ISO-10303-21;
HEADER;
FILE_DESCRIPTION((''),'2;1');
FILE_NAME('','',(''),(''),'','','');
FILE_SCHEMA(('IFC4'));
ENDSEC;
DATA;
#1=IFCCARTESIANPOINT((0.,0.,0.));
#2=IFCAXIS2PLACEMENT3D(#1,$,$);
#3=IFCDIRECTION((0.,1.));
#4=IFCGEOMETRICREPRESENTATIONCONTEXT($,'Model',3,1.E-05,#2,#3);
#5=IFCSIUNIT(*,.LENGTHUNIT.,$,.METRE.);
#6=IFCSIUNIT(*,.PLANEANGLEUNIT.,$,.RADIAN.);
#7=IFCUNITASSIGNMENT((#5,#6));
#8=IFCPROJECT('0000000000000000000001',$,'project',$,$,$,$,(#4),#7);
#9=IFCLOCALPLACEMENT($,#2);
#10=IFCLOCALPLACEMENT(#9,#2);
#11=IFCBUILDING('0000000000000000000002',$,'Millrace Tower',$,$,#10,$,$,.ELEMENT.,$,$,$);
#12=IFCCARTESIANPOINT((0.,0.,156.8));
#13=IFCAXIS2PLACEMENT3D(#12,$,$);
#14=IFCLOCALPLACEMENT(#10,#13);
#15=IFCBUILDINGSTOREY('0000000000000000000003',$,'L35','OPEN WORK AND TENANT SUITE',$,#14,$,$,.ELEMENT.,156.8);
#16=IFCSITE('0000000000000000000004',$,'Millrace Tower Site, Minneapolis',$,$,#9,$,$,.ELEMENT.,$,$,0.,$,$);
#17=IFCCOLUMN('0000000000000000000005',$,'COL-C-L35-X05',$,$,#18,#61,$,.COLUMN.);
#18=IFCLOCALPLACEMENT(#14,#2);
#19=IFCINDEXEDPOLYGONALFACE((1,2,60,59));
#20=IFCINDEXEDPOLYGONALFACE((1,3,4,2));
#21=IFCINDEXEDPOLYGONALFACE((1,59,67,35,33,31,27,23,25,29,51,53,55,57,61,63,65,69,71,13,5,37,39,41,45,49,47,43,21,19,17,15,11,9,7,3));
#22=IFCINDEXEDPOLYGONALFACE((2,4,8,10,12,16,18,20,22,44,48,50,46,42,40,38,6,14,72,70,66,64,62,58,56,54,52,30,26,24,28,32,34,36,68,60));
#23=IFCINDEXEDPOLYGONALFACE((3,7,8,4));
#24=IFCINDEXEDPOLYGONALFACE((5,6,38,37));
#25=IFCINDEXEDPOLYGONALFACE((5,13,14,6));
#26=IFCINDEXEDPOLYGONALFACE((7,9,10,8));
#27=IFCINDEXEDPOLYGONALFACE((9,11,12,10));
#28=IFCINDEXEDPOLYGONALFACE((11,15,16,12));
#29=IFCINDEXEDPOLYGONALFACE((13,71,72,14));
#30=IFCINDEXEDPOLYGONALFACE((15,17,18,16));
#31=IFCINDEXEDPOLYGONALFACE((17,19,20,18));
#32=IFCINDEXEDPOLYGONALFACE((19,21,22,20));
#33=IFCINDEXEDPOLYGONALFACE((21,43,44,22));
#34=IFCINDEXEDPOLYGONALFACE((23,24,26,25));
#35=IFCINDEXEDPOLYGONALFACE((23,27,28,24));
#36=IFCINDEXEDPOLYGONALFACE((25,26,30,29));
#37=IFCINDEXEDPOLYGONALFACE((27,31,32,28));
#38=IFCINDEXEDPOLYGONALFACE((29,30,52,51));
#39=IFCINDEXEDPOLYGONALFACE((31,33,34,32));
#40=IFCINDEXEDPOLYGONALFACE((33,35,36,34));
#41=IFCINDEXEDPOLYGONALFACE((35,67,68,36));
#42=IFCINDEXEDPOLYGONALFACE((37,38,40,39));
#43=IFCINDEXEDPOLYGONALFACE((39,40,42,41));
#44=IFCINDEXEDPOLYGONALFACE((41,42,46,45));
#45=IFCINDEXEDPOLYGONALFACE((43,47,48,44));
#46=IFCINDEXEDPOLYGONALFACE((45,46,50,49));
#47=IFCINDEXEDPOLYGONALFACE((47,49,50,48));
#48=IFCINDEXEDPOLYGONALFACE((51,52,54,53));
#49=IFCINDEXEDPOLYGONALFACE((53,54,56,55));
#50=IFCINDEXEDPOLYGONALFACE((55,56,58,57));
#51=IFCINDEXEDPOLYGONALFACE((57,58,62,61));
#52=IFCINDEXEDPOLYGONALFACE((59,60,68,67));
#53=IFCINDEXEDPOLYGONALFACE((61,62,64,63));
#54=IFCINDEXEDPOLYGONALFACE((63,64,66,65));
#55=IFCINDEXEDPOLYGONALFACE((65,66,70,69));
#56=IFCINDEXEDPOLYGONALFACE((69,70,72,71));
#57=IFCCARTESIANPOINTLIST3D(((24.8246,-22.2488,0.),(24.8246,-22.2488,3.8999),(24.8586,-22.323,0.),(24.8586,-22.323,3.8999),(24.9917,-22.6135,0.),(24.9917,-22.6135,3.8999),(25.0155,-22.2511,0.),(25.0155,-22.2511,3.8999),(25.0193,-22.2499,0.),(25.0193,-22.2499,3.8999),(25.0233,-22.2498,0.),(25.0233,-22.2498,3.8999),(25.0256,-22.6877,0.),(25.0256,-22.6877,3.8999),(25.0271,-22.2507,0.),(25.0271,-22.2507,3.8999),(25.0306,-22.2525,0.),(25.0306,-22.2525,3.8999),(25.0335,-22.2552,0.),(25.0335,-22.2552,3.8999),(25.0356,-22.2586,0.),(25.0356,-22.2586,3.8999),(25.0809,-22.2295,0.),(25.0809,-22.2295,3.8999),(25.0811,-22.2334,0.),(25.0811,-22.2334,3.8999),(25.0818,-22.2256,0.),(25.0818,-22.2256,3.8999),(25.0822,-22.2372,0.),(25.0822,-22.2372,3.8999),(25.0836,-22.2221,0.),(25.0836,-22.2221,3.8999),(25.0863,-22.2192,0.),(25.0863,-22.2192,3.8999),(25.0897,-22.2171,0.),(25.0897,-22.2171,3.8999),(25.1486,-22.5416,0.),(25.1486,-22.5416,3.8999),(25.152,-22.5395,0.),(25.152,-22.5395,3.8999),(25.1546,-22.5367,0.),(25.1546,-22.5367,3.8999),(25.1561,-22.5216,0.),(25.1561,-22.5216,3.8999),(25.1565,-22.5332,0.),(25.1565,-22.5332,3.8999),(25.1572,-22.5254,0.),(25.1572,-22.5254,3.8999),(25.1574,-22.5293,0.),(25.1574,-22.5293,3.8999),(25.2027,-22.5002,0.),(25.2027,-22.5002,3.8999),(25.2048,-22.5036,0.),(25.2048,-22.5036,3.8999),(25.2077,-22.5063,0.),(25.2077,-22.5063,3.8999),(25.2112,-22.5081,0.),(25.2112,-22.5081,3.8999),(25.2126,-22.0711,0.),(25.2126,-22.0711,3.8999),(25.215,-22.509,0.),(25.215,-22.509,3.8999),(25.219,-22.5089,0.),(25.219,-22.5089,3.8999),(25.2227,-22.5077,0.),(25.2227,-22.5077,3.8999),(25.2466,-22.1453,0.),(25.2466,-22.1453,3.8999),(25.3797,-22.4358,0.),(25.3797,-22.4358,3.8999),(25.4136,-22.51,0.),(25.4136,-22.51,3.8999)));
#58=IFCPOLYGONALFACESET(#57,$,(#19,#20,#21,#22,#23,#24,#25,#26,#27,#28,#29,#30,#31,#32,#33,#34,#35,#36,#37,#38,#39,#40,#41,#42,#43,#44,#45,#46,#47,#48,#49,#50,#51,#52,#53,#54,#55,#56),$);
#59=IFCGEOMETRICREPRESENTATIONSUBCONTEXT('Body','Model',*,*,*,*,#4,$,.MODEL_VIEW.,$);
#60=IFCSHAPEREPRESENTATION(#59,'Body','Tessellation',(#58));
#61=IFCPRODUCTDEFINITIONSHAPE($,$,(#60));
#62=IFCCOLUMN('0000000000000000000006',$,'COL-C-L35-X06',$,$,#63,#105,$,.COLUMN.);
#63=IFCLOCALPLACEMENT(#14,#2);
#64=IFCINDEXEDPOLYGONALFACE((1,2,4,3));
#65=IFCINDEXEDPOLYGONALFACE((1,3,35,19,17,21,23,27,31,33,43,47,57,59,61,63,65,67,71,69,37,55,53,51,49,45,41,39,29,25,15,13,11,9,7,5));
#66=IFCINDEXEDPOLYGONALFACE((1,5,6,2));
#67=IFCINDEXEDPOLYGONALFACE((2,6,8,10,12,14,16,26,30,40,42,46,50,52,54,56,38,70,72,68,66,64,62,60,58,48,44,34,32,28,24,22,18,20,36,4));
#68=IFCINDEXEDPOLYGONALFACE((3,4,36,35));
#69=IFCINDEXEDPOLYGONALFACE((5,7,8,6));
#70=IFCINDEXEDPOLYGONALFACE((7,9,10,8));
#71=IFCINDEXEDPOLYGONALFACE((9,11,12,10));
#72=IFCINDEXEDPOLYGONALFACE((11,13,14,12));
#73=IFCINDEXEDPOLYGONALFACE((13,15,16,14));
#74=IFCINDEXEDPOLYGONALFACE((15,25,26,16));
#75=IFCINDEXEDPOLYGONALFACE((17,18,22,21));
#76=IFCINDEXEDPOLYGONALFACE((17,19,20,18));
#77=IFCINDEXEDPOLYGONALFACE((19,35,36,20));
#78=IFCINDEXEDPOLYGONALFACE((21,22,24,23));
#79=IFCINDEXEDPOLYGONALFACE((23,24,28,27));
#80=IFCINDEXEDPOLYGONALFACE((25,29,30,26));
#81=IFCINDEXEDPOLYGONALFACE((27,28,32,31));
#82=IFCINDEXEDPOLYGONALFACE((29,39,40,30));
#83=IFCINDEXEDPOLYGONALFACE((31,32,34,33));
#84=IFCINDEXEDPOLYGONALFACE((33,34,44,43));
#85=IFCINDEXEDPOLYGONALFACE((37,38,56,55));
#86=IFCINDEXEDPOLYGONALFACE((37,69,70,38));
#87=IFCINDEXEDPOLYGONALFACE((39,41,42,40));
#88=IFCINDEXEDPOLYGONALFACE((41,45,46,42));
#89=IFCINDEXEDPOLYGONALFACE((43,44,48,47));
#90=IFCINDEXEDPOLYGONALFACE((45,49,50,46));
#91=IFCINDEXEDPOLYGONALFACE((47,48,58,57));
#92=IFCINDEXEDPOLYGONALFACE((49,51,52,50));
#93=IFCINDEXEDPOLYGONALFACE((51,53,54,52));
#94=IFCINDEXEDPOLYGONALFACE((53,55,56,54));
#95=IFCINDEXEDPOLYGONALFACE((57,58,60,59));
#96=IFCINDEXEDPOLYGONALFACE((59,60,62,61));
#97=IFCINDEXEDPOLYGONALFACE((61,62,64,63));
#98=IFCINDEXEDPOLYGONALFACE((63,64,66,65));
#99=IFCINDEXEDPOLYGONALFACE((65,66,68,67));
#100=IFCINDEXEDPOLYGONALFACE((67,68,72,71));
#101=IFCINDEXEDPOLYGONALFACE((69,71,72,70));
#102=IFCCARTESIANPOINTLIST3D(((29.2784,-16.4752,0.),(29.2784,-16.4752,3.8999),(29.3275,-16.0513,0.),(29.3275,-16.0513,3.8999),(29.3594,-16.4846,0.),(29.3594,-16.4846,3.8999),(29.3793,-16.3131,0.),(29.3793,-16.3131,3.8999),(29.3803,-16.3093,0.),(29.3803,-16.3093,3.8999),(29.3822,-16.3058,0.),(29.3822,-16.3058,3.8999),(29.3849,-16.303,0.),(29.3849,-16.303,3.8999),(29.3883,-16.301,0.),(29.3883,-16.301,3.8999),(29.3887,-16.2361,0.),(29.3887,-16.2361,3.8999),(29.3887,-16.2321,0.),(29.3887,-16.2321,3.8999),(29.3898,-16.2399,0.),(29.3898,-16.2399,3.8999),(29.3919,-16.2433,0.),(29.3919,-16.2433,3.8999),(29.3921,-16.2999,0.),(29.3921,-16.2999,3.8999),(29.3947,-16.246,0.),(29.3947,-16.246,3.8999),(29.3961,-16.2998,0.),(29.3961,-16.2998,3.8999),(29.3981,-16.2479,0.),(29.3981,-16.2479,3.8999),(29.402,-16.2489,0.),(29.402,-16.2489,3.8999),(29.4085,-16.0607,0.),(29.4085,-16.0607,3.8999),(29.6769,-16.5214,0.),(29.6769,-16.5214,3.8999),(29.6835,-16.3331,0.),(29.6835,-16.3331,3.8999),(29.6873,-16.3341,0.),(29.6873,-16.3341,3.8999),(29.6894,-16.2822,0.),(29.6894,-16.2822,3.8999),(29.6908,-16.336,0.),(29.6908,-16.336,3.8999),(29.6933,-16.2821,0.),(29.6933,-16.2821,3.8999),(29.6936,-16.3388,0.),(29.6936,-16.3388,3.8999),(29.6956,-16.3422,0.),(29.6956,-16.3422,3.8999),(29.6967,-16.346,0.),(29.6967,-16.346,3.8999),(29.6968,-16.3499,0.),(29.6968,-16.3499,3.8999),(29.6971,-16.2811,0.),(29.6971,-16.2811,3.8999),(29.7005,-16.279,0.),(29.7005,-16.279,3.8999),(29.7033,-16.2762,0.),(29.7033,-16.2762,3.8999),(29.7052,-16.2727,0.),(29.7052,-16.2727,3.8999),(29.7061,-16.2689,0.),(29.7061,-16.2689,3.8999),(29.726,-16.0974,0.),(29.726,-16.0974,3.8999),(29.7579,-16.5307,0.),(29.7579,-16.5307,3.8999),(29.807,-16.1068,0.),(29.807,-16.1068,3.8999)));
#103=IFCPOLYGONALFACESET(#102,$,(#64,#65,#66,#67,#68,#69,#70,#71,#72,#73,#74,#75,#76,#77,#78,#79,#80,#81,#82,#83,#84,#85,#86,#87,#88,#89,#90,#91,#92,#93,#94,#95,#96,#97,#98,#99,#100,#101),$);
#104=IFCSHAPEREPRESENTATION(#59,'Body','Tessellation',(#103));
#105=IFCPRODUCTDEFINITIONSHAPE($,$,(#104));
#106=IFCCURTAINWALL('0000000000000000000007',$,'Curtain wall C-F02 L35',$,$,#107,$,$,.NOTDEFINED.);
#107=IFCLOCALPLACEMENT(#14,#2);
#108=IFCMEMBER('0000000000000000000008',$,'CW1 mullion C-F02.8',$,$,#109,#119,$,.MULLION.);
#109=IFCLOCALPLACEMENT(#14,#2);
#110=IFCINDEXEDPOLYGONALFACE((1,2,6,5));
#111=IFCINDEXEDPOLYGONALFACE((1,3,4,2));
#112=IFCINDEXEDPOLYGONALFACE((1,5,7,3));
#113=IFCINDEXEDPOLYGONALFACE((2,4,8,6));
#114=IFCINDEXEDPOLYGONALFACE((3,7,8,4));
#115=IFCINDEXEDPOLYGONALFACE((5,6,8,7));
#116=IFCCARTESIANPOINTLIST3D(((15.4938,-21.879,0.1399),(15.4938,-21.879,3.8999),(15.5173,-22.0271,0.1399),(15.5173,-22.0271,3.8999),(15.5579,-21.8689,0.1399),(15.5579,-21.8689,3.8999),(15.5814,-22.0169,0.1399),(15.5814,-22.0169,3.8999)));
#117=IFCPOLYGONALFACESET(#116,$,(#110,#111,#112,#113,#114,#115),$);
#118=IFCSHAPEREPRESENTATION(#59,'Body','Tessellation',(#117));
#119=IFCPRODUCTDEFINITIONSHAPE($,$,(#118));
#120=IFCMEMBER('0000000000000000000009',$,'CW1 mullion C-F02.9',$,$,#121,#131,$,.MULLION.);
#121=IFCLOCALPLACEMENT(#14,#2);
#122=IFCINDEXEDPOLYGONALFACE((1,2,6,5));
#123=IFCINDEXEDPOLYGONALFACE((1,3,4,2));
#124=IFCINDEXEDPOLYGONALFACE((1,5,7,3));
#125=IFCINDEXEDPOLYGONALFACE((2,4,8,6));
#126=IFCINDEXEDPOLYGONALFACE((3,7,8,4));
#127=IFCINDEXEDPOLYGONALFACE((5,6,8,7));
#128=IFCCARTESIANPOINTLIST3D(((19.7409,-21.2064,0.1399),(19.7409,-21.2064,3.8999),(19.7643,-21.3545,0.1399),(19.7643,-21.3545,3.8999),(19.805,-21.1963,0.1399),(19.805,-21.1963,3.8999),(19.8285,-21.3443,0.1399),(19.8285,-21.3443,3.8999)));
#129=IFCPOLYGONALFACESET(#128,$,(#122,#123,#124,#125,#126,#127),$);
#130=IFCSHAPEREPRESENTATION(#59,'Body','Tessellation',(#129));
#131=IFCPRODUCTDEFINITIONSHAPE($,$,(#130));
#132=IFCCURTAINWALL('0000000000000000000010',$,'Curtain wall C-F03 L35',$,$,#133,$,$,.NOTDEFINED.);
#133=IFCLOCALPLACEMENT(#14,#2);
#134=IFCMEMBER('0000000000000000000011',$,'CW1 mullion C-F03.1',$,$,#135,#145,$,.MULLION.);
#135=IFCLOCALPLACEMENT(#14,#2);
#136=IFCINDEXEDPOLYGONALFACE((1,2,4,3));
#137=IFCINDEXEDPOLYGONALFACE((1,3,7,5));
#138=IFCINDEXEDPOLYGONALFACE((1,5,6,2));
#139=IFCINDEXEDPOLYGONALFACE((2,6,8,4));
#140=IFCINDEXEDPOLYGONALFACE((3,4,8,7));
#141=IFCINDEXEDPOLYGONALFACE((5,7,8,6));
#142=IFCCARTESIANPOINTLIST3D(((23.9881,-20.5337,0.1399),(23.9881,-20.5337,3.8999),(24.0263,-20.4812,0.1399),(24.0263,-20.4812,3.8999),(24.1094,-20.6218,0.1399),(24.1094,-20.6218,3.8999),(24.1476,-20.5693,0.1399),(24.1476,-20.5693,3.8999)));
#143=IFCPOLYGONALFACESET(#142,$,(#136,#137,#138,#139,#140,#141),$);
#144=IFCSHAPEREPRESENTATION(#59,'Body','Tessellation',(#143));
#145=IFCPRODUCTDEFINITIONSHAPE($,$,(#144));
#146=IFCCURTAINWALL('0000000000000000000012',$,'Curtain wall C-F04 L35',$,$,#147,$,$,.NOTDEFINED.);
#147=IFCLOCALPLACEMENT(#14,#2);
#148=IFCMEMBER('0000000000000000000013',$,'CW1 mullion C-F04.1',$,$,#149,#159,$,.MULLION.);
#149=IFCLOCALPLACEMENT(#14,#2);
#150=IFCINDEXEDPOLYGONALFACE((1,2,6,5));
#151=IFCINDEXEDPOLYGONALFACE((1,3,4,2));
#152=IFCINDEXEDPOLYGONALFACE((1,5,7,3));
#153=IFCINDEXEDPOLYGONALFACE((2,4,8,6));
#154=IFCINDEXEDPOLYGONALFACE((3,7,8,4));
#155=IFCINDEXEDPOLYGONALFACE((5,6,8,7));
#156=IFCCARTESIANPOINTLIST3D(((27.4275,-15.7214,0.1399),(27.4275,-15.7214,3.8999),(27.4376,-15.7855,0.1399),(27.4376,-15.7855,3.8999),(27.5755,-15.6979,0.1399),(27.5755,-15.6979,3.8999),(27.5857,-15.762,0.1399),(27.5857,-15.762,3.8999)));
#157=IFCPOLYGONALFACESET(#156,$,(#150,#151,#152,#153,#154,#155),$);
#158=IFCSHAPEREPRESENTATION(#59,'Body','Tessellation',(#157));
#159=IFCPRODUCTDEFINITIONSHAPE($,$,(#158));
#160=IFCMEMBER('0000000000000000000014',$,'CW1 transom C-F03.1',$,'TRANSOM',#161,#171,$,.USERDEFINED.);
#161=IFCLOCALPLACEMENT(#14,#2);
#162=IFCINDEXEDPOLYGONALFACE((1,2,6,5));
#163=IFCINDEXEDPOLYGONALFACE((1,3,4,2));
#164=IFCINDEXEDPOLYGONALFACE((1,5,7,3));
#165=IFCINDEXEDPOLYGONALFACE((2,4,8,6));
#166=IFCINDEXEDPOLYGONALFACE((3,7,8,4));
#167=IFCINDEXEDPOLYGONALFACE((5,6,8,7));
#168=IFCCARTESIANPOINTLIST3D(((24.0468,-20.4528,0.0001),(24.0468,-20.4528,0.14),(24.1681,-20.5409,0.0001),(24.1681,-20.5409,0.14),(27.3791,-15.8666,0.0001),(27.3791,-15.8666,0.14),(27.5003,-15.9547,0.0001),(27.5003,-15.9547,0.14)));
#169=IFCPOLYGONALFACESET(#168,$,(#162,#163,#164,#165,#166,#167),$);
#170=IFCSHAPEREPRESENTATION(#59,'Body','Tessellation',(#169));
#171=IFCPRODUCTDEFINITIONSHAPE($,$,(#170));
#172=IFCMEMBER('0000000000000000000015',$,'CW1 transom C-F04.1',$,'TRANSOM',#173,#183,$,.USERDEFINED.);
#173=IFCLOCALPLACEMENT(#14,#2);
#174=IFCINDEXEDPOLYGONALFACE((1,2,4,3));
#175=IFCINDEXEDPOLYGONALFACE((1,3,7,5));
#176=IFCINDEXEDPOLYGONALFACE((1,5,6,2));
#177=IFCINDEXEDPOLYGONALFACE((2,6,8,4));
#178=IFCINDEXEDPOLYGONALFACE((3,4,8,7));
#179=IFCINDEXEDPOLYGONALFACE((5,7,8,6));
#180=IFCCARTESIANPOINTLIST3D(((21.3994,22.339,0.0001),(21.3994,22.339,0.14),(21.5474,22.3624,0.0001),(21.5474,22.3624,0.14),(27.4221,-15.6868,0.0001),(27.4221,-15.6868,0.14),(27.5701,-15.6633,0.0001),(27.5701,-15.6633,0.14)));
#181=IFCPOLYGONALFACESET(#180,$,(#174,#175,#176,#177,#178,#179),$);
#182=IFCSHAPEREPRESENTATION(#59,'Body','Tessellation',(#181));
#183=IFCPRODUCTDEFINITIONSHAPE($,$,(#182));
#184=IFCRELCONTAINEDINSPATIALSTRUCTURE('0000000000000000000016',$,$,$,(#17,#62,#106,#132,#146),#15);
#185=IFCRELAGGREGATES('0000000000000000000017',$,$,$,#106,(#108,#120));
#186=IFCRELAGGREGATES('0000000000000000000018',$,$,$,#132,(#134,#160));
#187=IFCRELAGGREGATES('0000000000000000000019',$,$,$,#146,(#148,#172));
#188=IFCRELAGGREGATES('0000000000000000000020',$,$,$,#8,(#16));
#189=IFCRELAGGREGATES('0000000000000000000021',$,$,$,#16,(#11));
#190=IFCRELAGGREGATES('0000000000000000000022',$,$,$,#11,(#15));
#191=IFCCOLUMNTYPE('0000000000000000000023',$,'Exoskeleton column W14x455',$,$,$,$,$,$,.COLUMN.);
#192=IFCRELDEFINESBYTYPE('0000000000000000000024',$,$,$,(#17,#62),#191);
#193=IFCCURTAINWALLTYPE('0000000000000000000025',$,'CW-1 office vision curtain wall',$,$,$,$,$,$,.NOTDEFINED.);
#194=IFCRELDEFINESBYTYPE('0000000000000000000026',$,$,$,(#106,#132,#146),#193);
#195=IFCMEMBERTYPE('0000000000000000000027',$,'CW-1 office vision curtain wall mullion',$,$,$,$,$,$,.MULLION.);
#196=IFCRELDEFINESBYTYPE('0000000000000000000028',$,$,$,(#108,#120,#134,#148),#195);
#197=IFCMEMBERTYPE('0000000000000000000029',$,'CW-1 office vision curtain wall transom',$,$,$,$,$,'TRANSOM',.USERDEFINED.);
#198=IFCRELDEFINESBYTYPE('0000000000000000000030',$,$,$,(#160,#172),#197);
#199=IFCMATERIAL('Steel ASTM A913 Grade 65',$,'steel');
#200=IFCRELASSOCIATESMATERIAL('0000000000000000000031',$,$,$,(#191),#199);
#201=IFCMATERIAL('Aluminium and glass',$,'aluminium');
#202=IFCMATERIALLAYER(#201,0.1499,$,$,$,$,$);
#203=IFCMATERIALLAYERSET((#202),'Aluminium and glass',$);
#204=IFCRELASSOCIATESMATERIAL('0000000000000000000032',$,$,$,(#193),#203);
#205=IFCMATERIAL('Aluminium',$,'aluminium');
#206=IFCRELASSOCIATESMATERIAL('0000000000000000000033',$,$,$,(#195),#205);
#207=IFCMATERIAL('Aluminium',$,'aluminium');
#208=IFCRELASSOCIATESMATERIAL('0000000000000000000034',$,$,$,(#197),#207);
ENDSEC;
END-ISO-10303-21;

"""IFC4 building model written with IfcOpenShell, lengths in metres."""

from ifc_helpers import new_model, si_unit, direction, frame, origin, origin_2d, place, context, subcontext, project, spatial, rectangle, i_section, extrude, material, layer, layer_set, material_profile, profile_set, type_object, element, aggregate, save


model = new_model("IFC4")

# Units and contexts
model_context = context("Model", 3, precision=1e-05, world=origin(), true_north=direction((0.0, 1.0)))
body_context = subcontext(model_context, "Body", "Model", "MODEL_VIEW")
ifc_project = project(units=[si_unit("LENGTHUNIT", "METRE"), si_unit("PLANEANGLEUNIT", "RADIAN")], contexts=[model_context])

# Site, building, storey
site_placement = place(None, origin())
site = spatial("IfcSite", under=ifc_project, at=site_placement, Name="Millrace Tower Site, Minneapolis", CompositionType="ELEMENT", RefElevation=0.0)
building_placement = place(site_placement, origin())
building = spatial("IfcBuilding", under=site, at=building_placement, Name="Millrace Tower", CompositionType="ELEMENT")
storey_placement = place(building_placement, frame((0.0, 0.0, 156.8)))
storey = spatial("IfcBuildingStorey", under=building, at=storey_placement, Name="L35", Description="OPEN WORK AND TENANT SUITE", CompositionType="ELEMENT", Elevation=156.8)

# Columns
ifc_material_1 = material(Name="Steel ASTM A913 Grade 65", Category="steel")
ifc_material_profile_1 = material_profile(ifc_material_1, i_section(OverallWidth=0.4268, OverallDepth=0.4827, WebThickness=0.0513, FlangeThickness=0.0815, FilletRadius=0.0151, at=origin_2d()))
ifc_profile_set_1 = profile_set([ifc_material_profile_1], Name="Steel ASTM A913 Grade 65")
column_type = type_object("IfcColumnType", Name="Exoskeleton column W14x455", PredefinedType="COLUMN", material=ifc_profile_set_1)
for number, where, z_axis, x_axis, name in (
    (1, (25.1191, -22.3794, 0.0), (0.0, 0.0, 1.0), (0.909181, 0.416401, 0.0), "COL-C-L35-X05"),
    (2, (29.5427, -16.291, 0.0), (0.0, 0.0, 1.0), (0.115069, 0.993358, 0.0), "COL-C-L35-X06"),
):
    element("IfcColumn", number, at=place(storey_placement, frame(where, z_axis=z_axis, x_axis=x_axis)), inside=storey, type_object=column_type, Name=name, PredefinedType="COLUMN", context=body_context, shape_type="SweptSolid", body=[
        extrude(i_section(OverallWidth=0.4268, OverallDepth=0.4827, WebThickness=0.0513, FlangeThickness=0.0815, FilletRadius=0.0151, at=origin_2d()), origin(), (0.0, 0.0, 1.0), 3.8999),
    ])

# Curtain wall, members
ifc_material_2 = material(Name="Aluminium and glass", Category="aluminium")
ifc_layer_1 = layer(ifc_material_2, 0.1499)
ifc_layer_set_1 = layer_set([ifc_layer_1], Name="Aluminium and glass")
curtain_wall_type = type_object("IfcCurtainWallType", Name="CW-1 office vision curtain wall", PredefinedType="NOTDEFINED", material=ifc_layer_set_1)
placement = place(storey_placement, origin())
curtain_wall_1 = element("IfcCurtainWall", 3, at=placement, inside=storey, type_object=curtain_wall_type, Name="Curtain wall C-F02 L35", PredefinedType="NOTDEFINED")
ifc_material_3 = material(Name="Aluminium", Category="aluminium")
ifc_material_profile_2 = material_profile(ifc_material_3, rectangle(XDim=0.0649, YDim=0.1499, at=origin_2d()))
ifc_profile_set_2 = profile_set([ifc_material_profile_2], Name="Aluminium")
member_type_1 = type_object("IfcMemberType", Name="CW-1 office vision curtain wall mullion", PredefinedType="MULLION", material=ifc_profile_set_2)
member_1_placement = place(storey_placement, frame((15.5376, -21.948, 0.1399), z_axis=(0.0, 0.0, 1.0), x_axis=(0.987688, 0.156434, 0.0)))
member_1 = element("IfcMember", 4, at=member_1_placement, type_object=member_type_1, Name="CW1 mullion C-F02.8", PredefinedType="MULLION", context=body_context, shape_type="SweptSolid", body=[
    extrude(rectangle(XDim=0.0649, YDim=0.1499, at=origin_2d()), origin(), (0.0, 0.0, 1.0), 3.76),
])
member_2_placement = place(storey_placement, frame((19.7847, -21.2754, 0.1399), z_axis=(0.0, 0.0, 1.0), x_axis=(0.987688, 0.156434, 0.0)))
member_2 = element("IfcMember", 5, at=member_2_placement, type_object=member_type_1, Name="CW1 mullion C-F02.9", PredefinedType="MULLION", context=body_context, shape_type="SweptSolid", body=[
    extrude(rectangle(XDim=0.0649, YDim=0.1499, at=origin_2d()), origin(), (0.0, 0.0, 1.0), 3.76),
])
aggregate(curtain_wall_1, [member_1, member_2])

# Curtain walls, members
curtain_wall_2 = element("IfcCurtainWall", 6, at=placement, inside=storey, type_object=curtain_wall_type, Name="Curtain wall C-F03 L35", PredefinedType="NOTDEFINED")
member_3_placement = place(storey_placement, frame((24.0679, -20.5515, 0.1399), z_axis=(0.0, 0.0, 1.0), x_axis=(0.587785, 0.809017, 0.0)))
member_3 = element("IfcMember", 7, at=member_3_placement, type_object=member_type_1, Name="CW1 mullion C-F03.1", PredefinedType="MULLION", context=body_context, shape_type="SweptSolid", body=[
    extrude(rectangle(XDim=0.0649, YDim=0.1499, at=origin_2d()), origin(), (0.0, 0.0, 1.0), 3.76),
])
curtain_wall_3 = element("IfcCurtainWall", 8, at=placement, inside=storey, type_object=curtain_wall_type, Name="Curtain wall C-F04 L35", PredefinedType="NOTDEFINED")
member_4_placement = place(storey_placement, frame((27.5066, -15.7417, 0.1399), z_axis=(0.0, 0.0, 1.0), x_axis=(-0.156434, 0.987688, 0.0)))
member_4 = element("IfcMember", 9, at=member_4_placement, type_object=member_type_1, Name="CW1 mullion C-F04.1", PredefinedType="MULLION", context=body_context, shape_type="SweptSolid", body=[
    extrude(rectangle(XDim=0.0649, YDim=0.1499, at=origin_2d()), origin(), (0.0, 0.0, 1.0), 3.76),
])

# Members
ifc_material_4 = material(Name="Aluminium", Category="aluminium")
ifc_material_profile_3 = material_profile(ifc_material_4, rectangle(XDim=0.1499, YDim=0.1399, at=origin_2d()))
ifc_profile_set_3 = profile_set([ifc_material_profile_3], Name="Aluminium")
member_type_2 = type_object("IfcMemberType", Name="CW-1 office vision curtain wall transom", ElementType="TRANSOM", PredefinedType="USERDEFINED", material=ifc_profile_set_3)
member_5_placement = place(storey_placement, frame((24.1074, -20.4968, 0.0701), z_axis=(0.587811, 0.808999, 0.0), x_axis=(-0.808999, 0.587811, 0.0)))
member_5 = element("IfcMember", 10, at=member_5_placement, type_object=member_type_2, Name="CW1 transom C-F03.1", ObjectType="TRANSOM", PredefinedType="USERDEFINED", context=body_context, shape_type="SweptSolid", body=[
    extrude(rectangle(XDim=0.1499, YDim=0.1399, at=origin_2d()), origin(), (0.0, 0.0, 1.0), 5.6689),
])
aggregate(curtain_wall_2, [member_3, member_5])
member_6_placement = place(storey_placement, frame((27.4961, -15.675, 0.0701), z_axis=(-0.156434, 0.987688, 0.0), x_axis=(-0.987688, -0.156434, 0.0)))
member_6 = element("IfcMember", 11, at=member_6_placement, type_object=member_type_2, Name="CW1 transom C-F04.1", ObjectType="TRANSOM", PredefinedType="USERDEFINED", context=body_context, shape_type="SweptSolid", body=[
    extrude(rectangle(XDim=0.1499, YDim=0.1399, at=origin_2d()), origin(), (0.0, 0.0, 1.0), 38.4998),
])
aggregate(curtain_wall_3, [member_4, member_6])

save(model, "model.ifc")
